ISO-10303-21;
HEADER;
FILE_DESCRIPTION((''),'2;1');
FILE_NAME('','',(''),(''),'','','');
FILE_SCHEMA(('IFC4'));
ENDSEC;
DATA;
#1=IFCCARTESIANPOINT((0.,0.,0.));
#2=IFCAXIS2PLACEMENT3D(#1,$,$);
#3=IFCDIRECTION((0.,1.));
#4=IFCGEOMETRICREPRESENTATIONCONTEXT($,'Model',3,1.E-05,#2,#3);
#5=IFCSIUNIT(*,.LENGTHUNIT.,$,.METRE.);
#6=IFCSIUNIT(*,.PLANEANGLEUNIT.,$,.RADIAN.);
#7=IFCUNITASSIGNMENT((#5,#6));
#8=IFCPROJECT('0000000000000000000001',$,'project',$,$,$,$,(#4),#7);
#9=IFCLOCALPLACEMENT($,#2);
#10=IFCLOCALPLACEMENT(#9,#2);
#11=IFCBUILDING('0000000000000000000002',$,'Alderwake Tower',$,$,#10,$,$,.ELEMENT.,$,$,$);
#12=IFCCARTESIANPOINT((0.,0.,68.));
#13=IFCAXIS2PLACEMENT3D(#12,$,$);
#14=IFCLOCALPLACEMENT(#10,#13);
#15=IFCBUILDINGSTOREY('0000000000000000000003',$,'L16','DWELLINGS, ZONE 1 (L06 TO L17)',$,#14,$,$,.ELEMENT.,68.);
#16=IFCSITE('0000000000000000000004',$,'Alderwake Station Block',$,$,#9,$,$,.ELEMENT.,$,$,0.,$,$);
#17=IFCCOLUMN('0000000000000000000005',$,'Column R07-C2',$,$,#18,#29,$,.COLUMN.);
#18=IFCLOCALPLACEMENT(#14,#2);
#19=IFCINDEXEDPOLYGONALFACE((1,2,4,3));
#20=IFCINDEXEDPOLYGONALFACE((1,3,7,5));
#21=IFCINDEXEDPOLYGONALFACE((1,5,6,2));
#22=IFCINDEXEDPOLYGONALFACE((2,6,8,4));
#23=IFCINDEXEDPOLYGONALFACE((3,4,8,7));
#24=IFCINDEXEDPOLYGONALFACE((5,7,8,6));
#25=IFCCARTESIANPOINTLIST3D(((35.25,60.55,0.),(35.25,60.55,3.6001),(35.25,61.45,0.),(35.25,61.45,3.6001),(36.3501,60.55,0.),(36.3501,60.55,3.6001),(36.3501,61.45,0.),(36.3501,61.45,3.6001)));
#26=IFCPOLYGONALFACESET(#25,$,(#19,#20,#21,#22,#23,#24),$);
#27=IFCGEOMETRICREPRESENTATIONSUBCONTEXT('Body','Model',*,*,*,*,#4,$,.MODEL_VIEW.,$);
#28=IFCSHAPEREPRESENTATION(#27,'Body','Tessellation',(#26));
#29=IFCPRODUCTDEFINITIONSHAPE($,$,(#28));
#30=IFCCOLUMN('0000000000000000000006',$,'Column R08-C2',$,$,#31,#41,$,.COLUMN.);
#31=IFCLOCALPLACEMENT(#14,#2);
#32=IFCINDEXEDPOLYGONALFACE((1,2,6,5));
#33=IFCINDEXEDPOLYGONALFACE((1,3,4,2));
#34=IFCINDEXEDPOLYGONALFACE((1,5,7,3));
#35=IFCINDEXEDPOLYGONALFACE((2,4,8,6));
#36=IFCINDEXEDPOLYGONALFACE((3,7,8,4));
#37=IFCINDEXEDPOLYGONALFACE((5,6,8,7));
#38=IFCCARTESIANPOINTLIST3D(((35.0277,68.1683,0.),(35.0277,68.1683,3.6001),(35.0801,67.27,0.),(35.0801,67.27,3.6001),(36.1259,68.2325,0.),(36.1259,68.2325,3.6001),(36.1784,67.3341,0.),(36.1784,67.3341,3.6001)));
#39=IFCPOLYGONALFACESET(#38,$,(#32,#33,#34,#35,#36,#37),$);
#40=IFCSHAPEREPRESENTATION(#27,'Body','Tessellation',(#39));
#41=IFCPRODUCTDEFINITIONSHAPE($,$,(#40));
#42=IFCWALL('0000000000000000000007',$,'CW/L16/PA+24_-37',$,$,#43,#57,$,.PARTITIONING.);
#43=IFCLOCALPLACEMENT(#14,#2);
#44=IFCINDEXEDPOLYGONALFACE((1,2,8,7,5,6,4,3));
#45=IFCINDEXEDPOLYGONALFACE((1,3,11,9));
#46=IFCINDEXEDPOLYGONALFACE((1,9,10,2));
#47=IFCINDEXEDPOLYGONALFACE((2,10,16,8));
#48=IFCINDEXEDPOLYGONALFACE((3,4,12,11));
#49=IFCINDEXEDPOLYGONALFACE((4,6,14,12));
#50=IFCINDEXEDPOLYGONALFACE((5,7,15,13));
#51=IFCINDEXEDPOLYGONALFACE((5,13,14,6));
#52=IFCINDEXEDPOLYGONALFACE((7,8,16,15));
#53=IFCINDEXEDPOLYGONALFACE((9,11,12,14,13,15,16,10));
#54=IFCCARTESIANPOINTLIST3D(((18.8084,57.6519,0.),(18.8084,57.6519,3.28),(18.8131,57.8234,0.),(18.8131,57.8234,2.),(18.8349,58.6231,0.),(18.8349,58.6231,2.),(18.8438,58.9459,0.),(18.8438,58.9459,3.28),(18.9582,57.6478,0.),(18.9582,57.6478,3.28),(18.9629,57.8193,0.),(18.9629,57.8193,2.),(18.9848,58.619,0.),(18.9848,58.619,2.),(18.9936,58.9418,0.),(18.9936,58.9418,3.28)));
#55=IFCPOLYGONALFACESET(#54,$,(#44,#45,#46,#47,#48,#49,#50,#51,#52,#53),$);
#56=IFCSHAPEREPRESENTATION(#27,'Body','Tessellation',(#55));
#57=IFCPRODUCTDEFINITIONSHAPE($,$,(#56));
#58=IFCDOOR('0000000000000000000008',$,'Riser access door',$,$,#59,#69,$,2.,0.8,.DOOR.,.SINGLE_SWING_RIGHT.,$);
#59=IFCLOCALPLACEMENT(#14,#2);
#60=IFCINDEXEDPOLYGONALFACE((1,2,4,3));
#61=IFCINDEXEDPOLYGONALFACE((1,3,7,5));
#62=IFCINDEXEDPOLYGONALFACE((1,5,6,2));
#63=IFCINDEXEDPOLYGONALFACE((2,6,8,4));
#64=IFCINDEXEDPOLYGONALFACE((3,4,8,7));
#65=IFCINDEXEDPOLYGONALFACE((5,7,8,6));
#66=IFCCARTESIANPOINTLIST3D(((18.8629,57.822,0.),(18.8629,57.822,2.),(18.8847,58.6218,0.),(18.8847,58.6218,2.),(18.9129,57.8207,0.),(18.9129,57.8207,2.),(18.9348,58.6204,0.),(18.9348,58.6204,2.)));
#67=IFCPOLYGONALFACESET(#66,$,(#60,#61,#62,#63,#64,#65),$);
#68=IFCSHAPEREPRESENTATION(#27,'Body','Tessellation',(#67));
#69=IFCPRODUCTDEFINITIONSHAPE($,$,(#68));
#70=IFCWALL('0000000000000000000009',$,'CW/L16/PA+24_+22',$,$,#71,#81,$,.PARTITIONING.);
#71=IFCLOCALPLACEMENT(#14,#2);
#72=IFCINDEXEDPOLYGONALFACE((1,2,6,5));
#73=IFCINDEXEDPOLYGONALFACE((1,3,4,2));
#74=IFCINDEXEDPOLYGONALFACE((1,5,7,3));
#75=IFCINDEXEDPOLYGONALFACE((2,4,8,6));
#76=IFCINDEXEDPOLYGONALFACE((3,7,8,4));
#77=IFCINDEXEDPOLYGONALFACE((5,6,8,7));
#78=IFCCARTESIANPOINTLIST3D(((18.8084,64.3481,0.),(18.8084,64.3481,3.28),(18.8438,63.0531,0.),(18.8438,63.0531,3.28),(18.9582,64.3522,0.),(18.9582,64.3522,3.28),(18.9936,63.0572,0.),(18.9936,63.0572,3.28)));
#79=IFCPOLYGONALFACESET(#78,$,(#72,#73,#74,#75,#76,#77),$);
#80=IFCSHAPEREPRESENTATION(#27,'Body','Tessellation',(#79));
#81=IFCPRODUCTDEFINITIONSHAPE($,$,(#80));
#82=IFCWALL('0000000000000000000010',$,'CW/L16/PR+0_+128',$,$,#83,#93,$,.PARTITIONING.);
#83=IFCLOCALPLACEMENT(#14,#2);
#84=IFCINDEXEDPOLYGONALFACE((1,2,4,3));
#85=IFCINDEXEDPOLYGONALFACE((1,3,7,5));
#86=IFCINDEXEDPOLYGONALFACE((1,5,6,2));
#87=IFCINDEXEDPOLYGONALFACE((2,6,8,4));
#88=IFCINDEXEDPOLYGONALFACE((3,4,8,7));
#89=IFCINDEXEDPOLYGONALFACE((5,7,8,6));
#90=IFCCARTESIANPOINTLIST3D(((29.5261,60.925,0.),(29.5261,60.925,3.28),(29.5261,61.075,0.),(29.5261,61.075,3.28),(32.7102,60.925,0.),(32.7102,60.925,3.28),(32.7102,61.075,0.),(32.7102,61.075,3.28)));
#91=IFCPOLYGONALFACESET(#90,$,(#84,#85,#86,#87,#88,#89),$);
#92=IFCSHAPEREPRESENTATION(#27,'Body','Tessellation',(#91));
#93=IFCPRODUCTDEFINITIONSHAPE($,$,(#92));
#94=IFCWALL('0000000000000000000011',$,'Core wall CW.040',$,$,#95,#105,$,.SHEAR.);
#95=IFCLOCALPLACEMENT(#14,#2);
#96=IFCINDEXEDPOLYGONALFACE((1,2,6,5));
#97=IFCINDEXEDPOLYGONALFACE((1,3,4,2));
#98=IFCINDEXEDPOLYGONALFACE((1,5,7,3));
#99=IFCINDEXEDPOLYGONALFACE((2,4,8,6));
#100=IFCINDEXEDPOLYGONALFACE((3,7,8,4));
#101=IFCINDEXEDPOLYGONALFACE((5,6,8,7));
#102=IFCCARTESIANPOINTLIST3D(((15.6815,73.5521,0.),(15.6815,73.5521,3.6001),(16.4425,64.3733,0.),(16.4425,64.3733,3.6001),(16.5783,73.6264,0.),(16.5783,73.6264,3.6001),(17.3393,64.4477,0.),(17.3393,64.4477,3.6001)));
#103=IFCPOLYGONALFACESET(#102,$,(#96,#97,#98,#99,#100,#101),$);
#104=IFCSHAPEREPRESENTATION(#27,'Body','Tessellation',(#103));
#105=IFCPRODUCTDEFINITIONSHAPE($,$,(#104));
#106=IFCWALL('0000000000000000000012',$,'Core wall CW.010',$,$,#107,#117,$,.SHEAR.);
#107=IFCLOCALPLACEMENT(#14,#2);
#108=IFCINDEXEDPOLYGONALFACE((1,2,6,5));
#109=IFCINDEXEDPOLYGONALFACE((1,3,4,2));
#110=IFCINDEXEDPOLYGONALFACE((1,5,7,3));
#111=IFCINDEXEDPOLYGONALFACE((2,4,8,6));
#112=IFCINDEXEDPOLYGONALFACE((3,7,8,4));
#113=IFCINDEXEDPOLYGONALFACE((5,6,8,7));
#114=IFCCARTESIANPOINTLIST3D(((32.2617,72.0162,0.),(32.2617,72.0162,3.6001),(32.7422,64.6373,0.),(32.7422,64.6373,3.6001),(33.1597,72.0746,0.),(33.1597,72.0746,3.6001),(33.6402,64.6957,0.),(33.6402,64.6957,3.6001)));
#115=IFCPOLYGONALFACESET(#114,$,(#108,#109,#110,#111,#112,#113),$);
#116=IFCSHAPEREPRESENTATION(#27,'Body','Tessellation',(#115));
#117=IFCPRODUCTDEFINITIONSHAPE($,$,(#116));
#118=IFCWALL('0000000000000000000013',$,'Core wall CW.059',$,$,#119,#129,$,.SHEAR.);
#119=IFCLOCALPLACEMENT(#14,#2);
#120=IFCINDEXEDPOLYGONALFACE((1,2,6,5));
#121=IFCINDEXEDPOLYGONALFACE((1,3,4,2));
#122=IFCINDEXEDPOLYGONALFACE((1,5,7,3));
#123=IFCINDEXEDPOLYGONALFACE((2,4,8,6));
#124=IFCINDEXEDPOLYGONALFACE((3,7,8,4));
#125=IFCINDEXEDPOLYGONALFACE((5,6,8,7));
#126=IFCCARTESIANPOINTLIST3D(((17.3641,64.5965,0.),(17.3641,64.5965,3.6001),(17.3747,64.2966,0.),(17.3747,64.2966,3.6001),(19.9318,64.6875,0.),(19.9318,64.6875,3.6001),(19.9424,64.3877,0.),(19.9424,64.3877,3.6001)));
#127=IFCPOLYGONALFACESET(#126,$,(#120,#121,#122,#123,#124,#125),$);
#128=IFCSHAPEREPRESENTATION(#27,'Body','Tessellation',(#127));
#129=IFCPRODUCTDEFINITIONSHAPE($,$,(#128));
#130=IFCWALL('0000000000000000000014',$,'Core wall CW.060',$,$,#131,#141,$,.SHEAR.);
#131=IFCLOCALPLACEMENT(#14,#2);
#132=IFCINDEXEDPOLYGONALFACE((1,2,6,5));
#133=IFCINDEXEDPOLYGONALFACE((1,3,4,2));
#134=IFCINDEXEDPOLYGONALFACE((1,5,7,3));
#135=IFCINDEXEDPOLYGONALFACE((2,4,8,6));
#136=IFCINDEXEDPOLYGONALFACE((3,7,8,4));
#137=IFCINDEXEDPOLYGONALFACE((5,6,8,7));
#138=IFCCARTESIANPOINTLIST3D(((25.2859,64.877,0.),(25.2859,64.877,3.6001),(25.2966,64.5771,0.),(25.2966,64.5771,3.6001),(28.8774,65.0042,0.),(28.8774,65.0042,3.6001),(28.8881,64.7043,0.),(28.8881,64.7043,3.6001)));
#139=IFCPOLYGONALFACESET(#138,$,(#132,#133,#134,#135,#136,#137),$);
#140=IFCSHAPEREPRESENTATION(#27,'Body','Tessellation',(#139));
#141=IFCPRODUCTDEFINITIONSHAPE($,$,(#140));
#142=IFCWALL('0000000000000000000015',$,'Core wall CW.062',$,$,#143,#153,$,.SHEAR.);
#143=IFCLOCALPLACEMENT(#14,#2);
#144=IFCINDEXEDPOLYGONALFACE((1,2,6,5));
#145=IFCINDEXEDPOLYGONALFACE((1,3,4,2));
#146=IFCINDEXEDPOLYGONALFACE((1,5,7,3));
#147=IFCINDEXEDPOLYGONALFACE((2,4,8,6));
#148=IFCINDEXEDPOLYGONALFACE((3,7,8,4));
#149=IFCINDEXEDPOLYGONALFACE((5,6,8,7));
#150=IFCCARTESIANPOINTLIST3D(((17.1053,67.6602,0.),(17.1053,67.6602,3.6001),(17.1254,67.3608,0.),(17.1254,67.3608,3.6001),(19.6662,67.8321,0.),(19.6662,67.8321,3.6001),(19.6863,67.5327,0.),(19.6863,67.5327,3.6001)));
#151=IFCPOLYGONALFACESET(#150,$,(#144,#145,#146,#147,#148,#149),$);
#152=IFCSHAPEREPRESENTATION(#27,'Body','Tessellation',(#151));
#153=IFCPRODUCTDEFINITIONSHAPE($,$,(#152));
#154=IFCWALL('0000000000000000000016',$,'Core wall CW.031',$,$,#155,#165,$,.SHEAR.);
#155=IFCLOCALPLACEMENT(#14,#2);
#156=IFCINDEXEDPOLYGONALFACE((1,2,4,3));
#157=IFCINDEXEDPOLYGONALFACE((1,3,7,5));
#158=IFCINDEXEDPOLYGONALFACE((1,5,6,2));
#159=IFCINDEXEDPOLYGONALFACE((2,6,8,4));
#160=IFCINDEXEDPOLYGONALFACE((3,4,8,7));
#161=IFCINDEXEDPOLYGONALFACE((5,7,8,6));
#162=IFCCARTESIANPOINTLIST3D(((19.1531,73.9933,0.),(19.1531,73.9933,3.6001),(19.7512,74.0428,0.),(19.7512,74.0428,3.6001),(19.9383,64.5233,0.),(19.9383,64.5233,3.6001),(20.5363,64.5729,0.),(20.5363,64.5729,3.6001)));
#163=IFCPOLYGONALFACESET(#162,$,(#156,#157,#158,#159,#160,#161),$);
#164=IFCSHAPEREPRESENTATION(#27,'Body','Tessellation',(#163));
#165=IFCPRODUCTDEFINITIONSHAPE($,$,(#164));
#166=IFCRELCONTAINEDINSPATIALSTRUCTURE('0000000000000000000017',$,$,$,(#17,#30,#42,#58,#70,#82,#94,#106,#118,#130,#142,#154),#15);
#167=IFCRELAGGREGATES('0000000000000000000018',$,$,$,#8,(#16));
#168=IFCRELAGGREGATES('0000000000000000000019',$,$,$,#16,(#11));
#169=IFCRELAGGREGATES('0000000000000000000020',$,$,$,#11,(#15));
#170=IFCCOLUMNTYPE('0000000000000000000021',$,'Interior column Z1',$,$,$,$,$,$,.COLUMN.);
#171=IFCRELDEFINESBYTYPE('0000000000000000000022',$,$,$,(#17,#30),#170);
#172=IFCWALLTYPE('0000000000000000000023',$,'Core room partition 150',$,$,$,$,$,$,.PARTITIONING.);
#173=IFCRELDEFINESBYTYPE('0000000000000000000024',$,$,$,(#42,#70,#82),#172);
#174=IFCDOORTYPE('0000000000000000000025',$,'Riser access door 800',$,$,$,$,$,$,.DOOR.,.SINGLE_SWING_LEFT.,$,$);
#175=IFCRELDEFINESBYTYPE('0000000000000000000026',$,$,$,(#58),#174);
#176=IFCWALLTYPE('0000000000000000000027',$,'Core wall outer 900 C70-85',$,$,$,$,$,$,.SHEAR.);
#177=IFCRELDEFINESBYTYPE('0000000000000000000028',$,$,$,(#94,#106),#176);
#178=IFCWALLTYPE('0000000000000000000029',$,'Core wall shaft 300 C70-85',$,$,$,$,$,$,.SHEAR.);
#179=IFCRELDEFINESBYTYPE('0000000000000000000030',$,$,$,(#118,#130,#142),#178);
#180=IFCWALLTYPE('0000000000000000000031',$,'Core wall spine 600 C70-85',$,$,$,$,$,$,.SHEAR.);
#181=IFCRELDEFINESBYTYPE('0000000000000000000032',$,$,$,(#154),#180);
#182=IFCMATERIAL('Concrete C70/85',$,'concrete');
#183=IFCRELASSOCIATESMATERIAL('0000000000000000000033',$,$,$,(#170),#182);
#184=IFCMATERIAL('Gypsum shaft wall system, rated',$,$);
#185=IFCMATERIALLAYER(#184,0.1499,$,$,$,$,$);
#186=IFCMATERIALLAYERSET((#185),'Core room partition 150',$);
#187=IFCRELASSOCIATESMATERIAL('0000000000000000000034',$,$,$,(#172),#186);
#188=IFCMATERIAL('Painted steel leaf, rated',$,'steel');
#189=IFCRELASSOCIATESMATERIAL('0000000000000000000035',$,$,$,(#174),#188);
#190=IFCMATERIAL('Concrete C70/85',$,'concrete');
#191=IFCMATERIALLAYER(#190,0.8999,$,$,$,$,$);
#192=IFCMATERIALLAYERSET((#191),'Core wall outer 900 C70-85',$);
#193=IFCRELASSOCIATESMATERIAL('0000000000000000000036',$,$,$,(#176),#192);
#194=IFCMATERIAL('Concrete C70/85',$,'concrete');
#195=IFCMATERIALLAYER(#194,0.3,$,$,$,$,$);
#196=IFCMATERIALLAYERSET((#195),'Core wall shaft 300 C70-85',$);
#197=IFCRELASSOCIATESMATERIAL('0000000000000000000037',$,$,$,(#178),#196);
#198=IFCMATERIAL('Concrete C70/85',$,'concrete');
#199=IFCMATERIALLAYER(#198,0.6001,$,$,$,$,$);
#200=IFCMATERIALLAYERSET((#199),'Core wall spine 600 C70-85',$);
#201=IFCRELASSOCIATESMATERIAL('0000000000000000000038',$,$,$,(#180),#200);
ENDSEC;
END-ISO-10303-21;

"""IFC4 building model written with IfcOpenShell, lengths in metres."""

from ifc_helpers import new_model, si_unit, direction, frame, frame_2d, origin, origin_2d, place, context, subcontext, project, spatial, rectangle, extrude, material, layer, layer_set, material_profile, profile_set, type_object, element, fill, save


model = new_model("IFC4")

# Units and contexts
model_context = context("Model", 3, precision=1e-05, world=origin(), true_north=direction((0.0, 1.0)))
body_context = subcontext(model_context, "Body", "Model", "MODEL_VIEW")
ifc_project = project(units=[si_unit("LENGTHUNIT", "METRE"), si_unit("PLANEANGLEUNIT", "RADIAN")], contexts=[model_context])

# Site, building, storey
site_placement = place(None, origin())
site = spatial("IfcSite", under=ifc_project, at=site_placement, Name="Alderwake Station Block", CompositionType="ELEMENT", RefElevation=0.0)
building_placement = place(site_placement, origin())
building = spatial("IfcBuilding", under=site, at=building_placement, Name="Alderwake Tower", CompositionType="ELEMENT")
storey_placement = place(building_placement, frame((0.0, 0.0, 68.0)))
storey = spatial("IfcBuildingStorey", under=building, at=storey_placement, Name="L16", Description="DWELLINGS, ZONE 1 (L06 TO L17)", CompositionType="ELEMENT", Elevation=68.0)

# Columns
ifc_material_1 = material(Name="Concrete C70/85", Category="concrete")
ifc_material_profile = material_profile(ifc_material_1, rectangle(XDim=0.8999, YDim=1.1001, at=origin_2d()), Name="RC 1100X900")
ifc_profile_set = profile_set([ifc_material_profile], Name="Concrete C70/85")
column_type = type_object("IfcColumnType", Name="Interior column Z1", PredefinedType="COLUMN", material=ifc_profile_set)
for number, where, z_axis, x_axis, name in (
    (1, (35.8, 61.0, 0.0), (0.0, 0.0, 1.0), (0.0, 1.0, 0.0), "Column R07-C2"),
    (2, (35.603, 67.7512, 0.0), (0.0, 0.0, 1.0), (-0.058301, 0.998299, 0.0), "Column R08-C2"),
):
    element("IfcColumn", number, at=place(storey_placement, frame(where, z_axis=z_axis, x_axis=x_axis)), inside=storey, type_object=column_type, Name=name, PredefinedType="COLUMN", context=body_context, shape_type="SweptSolid", body=[
        extrude(rectangle(XDim=0.8999, YDim=1.1001, at=origin_2d()), origin(), (0.0, 0.0, 1.0), 3.6001),
    ])

# Wall, opening, door
ifc_material_2 = material(Name="Gypsum shaft wall system, rated")
ifc_layer_1 = layer(ifc_material_2, 0.1499)
ifc_layer_set_1 = layer_set([ifc_layer_1], Name="Core room partition 150")
wall_type_1 = type_object("IfcWallType", Name="Core room partition 150", PredefinedType="PARTITIONING", material=ifc_layer_set_1)
wall_1_placement = place(storey_placement, frame((18.9187, 58.9438, 0.0), z_axis=(0.0, 0.0, 1.0), x_axis=(-0.027348, -0.999626, 0.0)))
wall_1 = element("IfcWall", 3, at=wall_1_placement, inside=storey, type_object=wall_type_1, Name="CW/L16/PA+24_-37", PredefinedType="PARTITIONING", context=body_context, shape_type="SweptSolid", body=[
    extrude(rectangle(XDim=1.2944, YDim=0.1499, at=frame_2d((0.6472, 0.0))), origin(), (0.0, 0.0, 1.0), 3.28),
])
opening_1_placement = place(wall_1_placement, frame((0.323, 0.0, 0.0)))
opening_1 = element("IfcOpeningElement", 4, at=opening_1_placement, cuts=wall_1, PredefinedType="OPENING", context=body_context, shape_type="SweptSolid", body=[
    extrude(rectangle(XDim=0.8, YDim=2.0, at=frame_2d((0.3999, 1.0))), frame((0.0, 0.085, 0.0), z_axis=(0.0, -1.0, 0.0), x_axis=(1.0, 0.0, 0.0)), (0.0, 0.0, 1.0), 0.1699),
])
ifc_material_3 = material(Name="Painted steel leaf, rated", Category="steel")
door_type_1 = type_object("IfcDoorType", Name="Riser access door 800", OperationType="SINGLE_SWING_LEFT", PredefinedType="DOOR", material=ifc_material_3)
door_1_placement = place(opening_1_placement, origin())
door_1 = element("IfcDoor", 5, at=door_1_placement, inside=storey, type_object=door_type_1, Name="Riser access door", OperationType="SINGLE_SWING_RIGHT", OverallHeight=2.0, OverallWidth=0.8, PredefinedType="DOOR", context=body_context, shape_type="SweptSolid", body=[
    extrude(rectangle(XDim=0.8, YDim=2.0, at=frame_2d((0.3999, 1.0))), frame((0.0, 0.0249, 0.0), z_axis=(0.0, -1.0, 0.0), x_axis=(1.0, 0.0, 0.0)), (0.0, 0.0, 1.0), 0.05),
])
fill(opening_1, door_1)

# Walls
wall_2_placement = place(storey_placement, frame((18.9187, 63.0552, 0.0), z_axis=(0.0, 0.0, 1.0), x_axis=(-0.027328, 0.999627, 0.0)))
element("IfcWall", 6, at=wall_2_placement, inside=storey, type_object=wall_type_1, Name="CW/L16/PA+24_+22", PredefinedType="PARTITIONING", context=body_context, shape_type="SweptSolid", body=[
    extrude(rectangle(XDim=1.2954, YDim=0.1499, at=frame_2d((0.6477, 0.0))), origin(), (0.0, 0.0, 1.0), 3.28),
])
wall_3_placement = place(storey_placement, frame((29.5261, 61.0, 0.0), z_axis=(0.0, 0.0, 1.0), x_axis=(1.0, 0.0, 0.0)))
element("IfcWall", 7, at=wall_3_placement, inside=storey, type_object=wall_type_1, Name="CW/L16/PR+0_+128", PredefinedType="PARTITIONING", context=body_context, shape_type="SweptSolid", body=[
    extrude(rectangle(XDim=3.1841, YDim=0.1499, at=frame_2d((1.592, 0.0))), origin(), (0.0, 0.0, 1.0), 3.28),
])
ifc_material_4 = material(Name="Concrete C70/85", Category="concrete")
ifc_layer_2 = layer(ifc_material_4, 0.8999)
ifc_layer_set_2 = layer_set([ifc_layer_2], Name="Core wall outer 900 C70-85")
wall_type_2 = type_object("IfcWallType", Name="Core wall outer 900 C70-85", PredefinedType="SHEAR", material=ifc_layer_set_2)
wall_4_placement = place(storey_placement, frame((16.8909, 64.4106, 0.0), z_axis=(0.0, 0.0, 1.0), x_axis=(-0.082624, 0.996581, 0.0)))
element("IfcWall", 8, at=wall_4_placement, inside=storey, type_object=wall_type_2, Name="Core wall CW.040", PredefinedType="SHEAR", context=body_context, shape_type="SweptSolid", body=[
    extrude(rectangle(XDim=9.2102, YDim=0.8999, at=frame_2d((4.605, 0.0))), origin(), (0.0, 0.0, 1.0), 3.6001),
])
wall_5_placement = place(storey_placement, frame((33.1912, 64.6665, 0.0), z_axis=(0.0, 0.0, 1.0), x_axis=(-0.064976, 0.997887, 0.0)))
element("IfcWall", 9, at=wall_5_placement, inside=storey, type_object=wall_type_2, Name="Core wall CW.010", PredefinedType="SHEAR", context=body_context, shape_type="SweptSolid", body=[
    extrude(rectangle(XDim=7.3945, YDim=0.8999, at=frame_2d((3.6973, 0.0))), origin(), (0.0, 0.0, 1.0), 3.6001),
])
ifc_material_5 = material(Name="Concrete C70/85", Category="concrete")
ifc_layer_3 = layer(ifc_material_5, 0.3)
ifc_layer_set_3 = layer_set([ifc_layer_3], Name="Core wall shaft 300 C70-85")
wall_type_3 = type_object("IfcWallType", Name="Core wall shaft 300 C70-85", PredefinedType="SHEAR", material=ifc_layer_set_3)
wall_6_placement = place(storey_placement, frame((17.3694, 64.4465, 0.0), z_axis=(0.0, 0.0, 1.0), x_axis=(0.999372, 0.035444, 0.0)))
element("IfcWall", 10, at=wall_6_placement, inside=storey, type_object=wall_type_3, Name="Core wall CW.059", PredefinedType="SHEAR", context=body_context, shape_type="SweptSolid", body=[
    extrude(rectangle(XDim=2.5693, YDim=0.3, at=frame_2d((1.2847, 0.0))), origin(), (0.0, 0.0, 1.0), 3.6001),
])
wall_7_placement = place(storey_placement, frame((25.2913, 64.7271, 0.0), z_axis=(0.0, 0.0, 1.0), x_axis=(0.999373, 0.035393, 0.0)))
element("IfcWall", 11, at=wall_7_placement, inside=storey, type_object=wall_type_3, Name="Core wall CW.060", PredefinedType="SHEAR", context=body_context, shape_type="SweptSolid", body=[
    extrude(rectangle(XDim=3.5938, YDim=0.3, at=frame_2d((1.7969, 0.0))), origin(), (0.0, 0.0, 1.0), 3.6001),
])
wall_8_placement = place(storey_placement, frame((17.1155, 67.5105, 0.0), z_axis=(0.0, 0.0, 1.0), x_axis=(0.997755, 0.066967, 0.0)))
element("IfcWall", 12, at=wall_8_placement, inside=storey, type_object=wall_type_3, Name="Core wall CW.062", PredefinedType="SHEAR", context=body_context, shape_type="SweptSolid", body=[
    extrude(rectangle(XDim=2.5667, YDim=0.3, at=frame_2d((1.2832, 0.0))), origin(), (0.0, 0.0, 1.0), 3.6001),
])
ifc_material_6 = material(Name="Concrete C70/85", Category="concrete")
ifc_layer_4 = layer(ifc_material_6, 0.6001)
ifc_layer_set_4 = layer_set([ifc_layer_4], Name="Core wall spine 600 C70-85")
wall_type_4 = type_object("IfcWallType", Name="Core wall spine 600 C70-85", PredefinedType="SHEAR", material=ifc_layer_set_4)
wall_9_placement = place(storey_placement, frame((20.2373, 64.5481, 0.0), z_axis=(0.0, 0.0, 1.0), x_axis=(-0.082627, 0.996581, 0.0)))
element("IfcWall", 13, at=wall_9_placement, inside=storey, type_object=wall_type_4, Name="Core wall CW.031", PredefinedType="SHEAR", context=body_context, shape_type="SweptSolid", body=[
    extrude(rectangle(XDim=9.5024, YDim=0.6001, at=frame_2d((4.7512, 0.0))), origin(), (0.0, 0.0, 1.0), 3.6001),
])

save(model, "model.ifc")
